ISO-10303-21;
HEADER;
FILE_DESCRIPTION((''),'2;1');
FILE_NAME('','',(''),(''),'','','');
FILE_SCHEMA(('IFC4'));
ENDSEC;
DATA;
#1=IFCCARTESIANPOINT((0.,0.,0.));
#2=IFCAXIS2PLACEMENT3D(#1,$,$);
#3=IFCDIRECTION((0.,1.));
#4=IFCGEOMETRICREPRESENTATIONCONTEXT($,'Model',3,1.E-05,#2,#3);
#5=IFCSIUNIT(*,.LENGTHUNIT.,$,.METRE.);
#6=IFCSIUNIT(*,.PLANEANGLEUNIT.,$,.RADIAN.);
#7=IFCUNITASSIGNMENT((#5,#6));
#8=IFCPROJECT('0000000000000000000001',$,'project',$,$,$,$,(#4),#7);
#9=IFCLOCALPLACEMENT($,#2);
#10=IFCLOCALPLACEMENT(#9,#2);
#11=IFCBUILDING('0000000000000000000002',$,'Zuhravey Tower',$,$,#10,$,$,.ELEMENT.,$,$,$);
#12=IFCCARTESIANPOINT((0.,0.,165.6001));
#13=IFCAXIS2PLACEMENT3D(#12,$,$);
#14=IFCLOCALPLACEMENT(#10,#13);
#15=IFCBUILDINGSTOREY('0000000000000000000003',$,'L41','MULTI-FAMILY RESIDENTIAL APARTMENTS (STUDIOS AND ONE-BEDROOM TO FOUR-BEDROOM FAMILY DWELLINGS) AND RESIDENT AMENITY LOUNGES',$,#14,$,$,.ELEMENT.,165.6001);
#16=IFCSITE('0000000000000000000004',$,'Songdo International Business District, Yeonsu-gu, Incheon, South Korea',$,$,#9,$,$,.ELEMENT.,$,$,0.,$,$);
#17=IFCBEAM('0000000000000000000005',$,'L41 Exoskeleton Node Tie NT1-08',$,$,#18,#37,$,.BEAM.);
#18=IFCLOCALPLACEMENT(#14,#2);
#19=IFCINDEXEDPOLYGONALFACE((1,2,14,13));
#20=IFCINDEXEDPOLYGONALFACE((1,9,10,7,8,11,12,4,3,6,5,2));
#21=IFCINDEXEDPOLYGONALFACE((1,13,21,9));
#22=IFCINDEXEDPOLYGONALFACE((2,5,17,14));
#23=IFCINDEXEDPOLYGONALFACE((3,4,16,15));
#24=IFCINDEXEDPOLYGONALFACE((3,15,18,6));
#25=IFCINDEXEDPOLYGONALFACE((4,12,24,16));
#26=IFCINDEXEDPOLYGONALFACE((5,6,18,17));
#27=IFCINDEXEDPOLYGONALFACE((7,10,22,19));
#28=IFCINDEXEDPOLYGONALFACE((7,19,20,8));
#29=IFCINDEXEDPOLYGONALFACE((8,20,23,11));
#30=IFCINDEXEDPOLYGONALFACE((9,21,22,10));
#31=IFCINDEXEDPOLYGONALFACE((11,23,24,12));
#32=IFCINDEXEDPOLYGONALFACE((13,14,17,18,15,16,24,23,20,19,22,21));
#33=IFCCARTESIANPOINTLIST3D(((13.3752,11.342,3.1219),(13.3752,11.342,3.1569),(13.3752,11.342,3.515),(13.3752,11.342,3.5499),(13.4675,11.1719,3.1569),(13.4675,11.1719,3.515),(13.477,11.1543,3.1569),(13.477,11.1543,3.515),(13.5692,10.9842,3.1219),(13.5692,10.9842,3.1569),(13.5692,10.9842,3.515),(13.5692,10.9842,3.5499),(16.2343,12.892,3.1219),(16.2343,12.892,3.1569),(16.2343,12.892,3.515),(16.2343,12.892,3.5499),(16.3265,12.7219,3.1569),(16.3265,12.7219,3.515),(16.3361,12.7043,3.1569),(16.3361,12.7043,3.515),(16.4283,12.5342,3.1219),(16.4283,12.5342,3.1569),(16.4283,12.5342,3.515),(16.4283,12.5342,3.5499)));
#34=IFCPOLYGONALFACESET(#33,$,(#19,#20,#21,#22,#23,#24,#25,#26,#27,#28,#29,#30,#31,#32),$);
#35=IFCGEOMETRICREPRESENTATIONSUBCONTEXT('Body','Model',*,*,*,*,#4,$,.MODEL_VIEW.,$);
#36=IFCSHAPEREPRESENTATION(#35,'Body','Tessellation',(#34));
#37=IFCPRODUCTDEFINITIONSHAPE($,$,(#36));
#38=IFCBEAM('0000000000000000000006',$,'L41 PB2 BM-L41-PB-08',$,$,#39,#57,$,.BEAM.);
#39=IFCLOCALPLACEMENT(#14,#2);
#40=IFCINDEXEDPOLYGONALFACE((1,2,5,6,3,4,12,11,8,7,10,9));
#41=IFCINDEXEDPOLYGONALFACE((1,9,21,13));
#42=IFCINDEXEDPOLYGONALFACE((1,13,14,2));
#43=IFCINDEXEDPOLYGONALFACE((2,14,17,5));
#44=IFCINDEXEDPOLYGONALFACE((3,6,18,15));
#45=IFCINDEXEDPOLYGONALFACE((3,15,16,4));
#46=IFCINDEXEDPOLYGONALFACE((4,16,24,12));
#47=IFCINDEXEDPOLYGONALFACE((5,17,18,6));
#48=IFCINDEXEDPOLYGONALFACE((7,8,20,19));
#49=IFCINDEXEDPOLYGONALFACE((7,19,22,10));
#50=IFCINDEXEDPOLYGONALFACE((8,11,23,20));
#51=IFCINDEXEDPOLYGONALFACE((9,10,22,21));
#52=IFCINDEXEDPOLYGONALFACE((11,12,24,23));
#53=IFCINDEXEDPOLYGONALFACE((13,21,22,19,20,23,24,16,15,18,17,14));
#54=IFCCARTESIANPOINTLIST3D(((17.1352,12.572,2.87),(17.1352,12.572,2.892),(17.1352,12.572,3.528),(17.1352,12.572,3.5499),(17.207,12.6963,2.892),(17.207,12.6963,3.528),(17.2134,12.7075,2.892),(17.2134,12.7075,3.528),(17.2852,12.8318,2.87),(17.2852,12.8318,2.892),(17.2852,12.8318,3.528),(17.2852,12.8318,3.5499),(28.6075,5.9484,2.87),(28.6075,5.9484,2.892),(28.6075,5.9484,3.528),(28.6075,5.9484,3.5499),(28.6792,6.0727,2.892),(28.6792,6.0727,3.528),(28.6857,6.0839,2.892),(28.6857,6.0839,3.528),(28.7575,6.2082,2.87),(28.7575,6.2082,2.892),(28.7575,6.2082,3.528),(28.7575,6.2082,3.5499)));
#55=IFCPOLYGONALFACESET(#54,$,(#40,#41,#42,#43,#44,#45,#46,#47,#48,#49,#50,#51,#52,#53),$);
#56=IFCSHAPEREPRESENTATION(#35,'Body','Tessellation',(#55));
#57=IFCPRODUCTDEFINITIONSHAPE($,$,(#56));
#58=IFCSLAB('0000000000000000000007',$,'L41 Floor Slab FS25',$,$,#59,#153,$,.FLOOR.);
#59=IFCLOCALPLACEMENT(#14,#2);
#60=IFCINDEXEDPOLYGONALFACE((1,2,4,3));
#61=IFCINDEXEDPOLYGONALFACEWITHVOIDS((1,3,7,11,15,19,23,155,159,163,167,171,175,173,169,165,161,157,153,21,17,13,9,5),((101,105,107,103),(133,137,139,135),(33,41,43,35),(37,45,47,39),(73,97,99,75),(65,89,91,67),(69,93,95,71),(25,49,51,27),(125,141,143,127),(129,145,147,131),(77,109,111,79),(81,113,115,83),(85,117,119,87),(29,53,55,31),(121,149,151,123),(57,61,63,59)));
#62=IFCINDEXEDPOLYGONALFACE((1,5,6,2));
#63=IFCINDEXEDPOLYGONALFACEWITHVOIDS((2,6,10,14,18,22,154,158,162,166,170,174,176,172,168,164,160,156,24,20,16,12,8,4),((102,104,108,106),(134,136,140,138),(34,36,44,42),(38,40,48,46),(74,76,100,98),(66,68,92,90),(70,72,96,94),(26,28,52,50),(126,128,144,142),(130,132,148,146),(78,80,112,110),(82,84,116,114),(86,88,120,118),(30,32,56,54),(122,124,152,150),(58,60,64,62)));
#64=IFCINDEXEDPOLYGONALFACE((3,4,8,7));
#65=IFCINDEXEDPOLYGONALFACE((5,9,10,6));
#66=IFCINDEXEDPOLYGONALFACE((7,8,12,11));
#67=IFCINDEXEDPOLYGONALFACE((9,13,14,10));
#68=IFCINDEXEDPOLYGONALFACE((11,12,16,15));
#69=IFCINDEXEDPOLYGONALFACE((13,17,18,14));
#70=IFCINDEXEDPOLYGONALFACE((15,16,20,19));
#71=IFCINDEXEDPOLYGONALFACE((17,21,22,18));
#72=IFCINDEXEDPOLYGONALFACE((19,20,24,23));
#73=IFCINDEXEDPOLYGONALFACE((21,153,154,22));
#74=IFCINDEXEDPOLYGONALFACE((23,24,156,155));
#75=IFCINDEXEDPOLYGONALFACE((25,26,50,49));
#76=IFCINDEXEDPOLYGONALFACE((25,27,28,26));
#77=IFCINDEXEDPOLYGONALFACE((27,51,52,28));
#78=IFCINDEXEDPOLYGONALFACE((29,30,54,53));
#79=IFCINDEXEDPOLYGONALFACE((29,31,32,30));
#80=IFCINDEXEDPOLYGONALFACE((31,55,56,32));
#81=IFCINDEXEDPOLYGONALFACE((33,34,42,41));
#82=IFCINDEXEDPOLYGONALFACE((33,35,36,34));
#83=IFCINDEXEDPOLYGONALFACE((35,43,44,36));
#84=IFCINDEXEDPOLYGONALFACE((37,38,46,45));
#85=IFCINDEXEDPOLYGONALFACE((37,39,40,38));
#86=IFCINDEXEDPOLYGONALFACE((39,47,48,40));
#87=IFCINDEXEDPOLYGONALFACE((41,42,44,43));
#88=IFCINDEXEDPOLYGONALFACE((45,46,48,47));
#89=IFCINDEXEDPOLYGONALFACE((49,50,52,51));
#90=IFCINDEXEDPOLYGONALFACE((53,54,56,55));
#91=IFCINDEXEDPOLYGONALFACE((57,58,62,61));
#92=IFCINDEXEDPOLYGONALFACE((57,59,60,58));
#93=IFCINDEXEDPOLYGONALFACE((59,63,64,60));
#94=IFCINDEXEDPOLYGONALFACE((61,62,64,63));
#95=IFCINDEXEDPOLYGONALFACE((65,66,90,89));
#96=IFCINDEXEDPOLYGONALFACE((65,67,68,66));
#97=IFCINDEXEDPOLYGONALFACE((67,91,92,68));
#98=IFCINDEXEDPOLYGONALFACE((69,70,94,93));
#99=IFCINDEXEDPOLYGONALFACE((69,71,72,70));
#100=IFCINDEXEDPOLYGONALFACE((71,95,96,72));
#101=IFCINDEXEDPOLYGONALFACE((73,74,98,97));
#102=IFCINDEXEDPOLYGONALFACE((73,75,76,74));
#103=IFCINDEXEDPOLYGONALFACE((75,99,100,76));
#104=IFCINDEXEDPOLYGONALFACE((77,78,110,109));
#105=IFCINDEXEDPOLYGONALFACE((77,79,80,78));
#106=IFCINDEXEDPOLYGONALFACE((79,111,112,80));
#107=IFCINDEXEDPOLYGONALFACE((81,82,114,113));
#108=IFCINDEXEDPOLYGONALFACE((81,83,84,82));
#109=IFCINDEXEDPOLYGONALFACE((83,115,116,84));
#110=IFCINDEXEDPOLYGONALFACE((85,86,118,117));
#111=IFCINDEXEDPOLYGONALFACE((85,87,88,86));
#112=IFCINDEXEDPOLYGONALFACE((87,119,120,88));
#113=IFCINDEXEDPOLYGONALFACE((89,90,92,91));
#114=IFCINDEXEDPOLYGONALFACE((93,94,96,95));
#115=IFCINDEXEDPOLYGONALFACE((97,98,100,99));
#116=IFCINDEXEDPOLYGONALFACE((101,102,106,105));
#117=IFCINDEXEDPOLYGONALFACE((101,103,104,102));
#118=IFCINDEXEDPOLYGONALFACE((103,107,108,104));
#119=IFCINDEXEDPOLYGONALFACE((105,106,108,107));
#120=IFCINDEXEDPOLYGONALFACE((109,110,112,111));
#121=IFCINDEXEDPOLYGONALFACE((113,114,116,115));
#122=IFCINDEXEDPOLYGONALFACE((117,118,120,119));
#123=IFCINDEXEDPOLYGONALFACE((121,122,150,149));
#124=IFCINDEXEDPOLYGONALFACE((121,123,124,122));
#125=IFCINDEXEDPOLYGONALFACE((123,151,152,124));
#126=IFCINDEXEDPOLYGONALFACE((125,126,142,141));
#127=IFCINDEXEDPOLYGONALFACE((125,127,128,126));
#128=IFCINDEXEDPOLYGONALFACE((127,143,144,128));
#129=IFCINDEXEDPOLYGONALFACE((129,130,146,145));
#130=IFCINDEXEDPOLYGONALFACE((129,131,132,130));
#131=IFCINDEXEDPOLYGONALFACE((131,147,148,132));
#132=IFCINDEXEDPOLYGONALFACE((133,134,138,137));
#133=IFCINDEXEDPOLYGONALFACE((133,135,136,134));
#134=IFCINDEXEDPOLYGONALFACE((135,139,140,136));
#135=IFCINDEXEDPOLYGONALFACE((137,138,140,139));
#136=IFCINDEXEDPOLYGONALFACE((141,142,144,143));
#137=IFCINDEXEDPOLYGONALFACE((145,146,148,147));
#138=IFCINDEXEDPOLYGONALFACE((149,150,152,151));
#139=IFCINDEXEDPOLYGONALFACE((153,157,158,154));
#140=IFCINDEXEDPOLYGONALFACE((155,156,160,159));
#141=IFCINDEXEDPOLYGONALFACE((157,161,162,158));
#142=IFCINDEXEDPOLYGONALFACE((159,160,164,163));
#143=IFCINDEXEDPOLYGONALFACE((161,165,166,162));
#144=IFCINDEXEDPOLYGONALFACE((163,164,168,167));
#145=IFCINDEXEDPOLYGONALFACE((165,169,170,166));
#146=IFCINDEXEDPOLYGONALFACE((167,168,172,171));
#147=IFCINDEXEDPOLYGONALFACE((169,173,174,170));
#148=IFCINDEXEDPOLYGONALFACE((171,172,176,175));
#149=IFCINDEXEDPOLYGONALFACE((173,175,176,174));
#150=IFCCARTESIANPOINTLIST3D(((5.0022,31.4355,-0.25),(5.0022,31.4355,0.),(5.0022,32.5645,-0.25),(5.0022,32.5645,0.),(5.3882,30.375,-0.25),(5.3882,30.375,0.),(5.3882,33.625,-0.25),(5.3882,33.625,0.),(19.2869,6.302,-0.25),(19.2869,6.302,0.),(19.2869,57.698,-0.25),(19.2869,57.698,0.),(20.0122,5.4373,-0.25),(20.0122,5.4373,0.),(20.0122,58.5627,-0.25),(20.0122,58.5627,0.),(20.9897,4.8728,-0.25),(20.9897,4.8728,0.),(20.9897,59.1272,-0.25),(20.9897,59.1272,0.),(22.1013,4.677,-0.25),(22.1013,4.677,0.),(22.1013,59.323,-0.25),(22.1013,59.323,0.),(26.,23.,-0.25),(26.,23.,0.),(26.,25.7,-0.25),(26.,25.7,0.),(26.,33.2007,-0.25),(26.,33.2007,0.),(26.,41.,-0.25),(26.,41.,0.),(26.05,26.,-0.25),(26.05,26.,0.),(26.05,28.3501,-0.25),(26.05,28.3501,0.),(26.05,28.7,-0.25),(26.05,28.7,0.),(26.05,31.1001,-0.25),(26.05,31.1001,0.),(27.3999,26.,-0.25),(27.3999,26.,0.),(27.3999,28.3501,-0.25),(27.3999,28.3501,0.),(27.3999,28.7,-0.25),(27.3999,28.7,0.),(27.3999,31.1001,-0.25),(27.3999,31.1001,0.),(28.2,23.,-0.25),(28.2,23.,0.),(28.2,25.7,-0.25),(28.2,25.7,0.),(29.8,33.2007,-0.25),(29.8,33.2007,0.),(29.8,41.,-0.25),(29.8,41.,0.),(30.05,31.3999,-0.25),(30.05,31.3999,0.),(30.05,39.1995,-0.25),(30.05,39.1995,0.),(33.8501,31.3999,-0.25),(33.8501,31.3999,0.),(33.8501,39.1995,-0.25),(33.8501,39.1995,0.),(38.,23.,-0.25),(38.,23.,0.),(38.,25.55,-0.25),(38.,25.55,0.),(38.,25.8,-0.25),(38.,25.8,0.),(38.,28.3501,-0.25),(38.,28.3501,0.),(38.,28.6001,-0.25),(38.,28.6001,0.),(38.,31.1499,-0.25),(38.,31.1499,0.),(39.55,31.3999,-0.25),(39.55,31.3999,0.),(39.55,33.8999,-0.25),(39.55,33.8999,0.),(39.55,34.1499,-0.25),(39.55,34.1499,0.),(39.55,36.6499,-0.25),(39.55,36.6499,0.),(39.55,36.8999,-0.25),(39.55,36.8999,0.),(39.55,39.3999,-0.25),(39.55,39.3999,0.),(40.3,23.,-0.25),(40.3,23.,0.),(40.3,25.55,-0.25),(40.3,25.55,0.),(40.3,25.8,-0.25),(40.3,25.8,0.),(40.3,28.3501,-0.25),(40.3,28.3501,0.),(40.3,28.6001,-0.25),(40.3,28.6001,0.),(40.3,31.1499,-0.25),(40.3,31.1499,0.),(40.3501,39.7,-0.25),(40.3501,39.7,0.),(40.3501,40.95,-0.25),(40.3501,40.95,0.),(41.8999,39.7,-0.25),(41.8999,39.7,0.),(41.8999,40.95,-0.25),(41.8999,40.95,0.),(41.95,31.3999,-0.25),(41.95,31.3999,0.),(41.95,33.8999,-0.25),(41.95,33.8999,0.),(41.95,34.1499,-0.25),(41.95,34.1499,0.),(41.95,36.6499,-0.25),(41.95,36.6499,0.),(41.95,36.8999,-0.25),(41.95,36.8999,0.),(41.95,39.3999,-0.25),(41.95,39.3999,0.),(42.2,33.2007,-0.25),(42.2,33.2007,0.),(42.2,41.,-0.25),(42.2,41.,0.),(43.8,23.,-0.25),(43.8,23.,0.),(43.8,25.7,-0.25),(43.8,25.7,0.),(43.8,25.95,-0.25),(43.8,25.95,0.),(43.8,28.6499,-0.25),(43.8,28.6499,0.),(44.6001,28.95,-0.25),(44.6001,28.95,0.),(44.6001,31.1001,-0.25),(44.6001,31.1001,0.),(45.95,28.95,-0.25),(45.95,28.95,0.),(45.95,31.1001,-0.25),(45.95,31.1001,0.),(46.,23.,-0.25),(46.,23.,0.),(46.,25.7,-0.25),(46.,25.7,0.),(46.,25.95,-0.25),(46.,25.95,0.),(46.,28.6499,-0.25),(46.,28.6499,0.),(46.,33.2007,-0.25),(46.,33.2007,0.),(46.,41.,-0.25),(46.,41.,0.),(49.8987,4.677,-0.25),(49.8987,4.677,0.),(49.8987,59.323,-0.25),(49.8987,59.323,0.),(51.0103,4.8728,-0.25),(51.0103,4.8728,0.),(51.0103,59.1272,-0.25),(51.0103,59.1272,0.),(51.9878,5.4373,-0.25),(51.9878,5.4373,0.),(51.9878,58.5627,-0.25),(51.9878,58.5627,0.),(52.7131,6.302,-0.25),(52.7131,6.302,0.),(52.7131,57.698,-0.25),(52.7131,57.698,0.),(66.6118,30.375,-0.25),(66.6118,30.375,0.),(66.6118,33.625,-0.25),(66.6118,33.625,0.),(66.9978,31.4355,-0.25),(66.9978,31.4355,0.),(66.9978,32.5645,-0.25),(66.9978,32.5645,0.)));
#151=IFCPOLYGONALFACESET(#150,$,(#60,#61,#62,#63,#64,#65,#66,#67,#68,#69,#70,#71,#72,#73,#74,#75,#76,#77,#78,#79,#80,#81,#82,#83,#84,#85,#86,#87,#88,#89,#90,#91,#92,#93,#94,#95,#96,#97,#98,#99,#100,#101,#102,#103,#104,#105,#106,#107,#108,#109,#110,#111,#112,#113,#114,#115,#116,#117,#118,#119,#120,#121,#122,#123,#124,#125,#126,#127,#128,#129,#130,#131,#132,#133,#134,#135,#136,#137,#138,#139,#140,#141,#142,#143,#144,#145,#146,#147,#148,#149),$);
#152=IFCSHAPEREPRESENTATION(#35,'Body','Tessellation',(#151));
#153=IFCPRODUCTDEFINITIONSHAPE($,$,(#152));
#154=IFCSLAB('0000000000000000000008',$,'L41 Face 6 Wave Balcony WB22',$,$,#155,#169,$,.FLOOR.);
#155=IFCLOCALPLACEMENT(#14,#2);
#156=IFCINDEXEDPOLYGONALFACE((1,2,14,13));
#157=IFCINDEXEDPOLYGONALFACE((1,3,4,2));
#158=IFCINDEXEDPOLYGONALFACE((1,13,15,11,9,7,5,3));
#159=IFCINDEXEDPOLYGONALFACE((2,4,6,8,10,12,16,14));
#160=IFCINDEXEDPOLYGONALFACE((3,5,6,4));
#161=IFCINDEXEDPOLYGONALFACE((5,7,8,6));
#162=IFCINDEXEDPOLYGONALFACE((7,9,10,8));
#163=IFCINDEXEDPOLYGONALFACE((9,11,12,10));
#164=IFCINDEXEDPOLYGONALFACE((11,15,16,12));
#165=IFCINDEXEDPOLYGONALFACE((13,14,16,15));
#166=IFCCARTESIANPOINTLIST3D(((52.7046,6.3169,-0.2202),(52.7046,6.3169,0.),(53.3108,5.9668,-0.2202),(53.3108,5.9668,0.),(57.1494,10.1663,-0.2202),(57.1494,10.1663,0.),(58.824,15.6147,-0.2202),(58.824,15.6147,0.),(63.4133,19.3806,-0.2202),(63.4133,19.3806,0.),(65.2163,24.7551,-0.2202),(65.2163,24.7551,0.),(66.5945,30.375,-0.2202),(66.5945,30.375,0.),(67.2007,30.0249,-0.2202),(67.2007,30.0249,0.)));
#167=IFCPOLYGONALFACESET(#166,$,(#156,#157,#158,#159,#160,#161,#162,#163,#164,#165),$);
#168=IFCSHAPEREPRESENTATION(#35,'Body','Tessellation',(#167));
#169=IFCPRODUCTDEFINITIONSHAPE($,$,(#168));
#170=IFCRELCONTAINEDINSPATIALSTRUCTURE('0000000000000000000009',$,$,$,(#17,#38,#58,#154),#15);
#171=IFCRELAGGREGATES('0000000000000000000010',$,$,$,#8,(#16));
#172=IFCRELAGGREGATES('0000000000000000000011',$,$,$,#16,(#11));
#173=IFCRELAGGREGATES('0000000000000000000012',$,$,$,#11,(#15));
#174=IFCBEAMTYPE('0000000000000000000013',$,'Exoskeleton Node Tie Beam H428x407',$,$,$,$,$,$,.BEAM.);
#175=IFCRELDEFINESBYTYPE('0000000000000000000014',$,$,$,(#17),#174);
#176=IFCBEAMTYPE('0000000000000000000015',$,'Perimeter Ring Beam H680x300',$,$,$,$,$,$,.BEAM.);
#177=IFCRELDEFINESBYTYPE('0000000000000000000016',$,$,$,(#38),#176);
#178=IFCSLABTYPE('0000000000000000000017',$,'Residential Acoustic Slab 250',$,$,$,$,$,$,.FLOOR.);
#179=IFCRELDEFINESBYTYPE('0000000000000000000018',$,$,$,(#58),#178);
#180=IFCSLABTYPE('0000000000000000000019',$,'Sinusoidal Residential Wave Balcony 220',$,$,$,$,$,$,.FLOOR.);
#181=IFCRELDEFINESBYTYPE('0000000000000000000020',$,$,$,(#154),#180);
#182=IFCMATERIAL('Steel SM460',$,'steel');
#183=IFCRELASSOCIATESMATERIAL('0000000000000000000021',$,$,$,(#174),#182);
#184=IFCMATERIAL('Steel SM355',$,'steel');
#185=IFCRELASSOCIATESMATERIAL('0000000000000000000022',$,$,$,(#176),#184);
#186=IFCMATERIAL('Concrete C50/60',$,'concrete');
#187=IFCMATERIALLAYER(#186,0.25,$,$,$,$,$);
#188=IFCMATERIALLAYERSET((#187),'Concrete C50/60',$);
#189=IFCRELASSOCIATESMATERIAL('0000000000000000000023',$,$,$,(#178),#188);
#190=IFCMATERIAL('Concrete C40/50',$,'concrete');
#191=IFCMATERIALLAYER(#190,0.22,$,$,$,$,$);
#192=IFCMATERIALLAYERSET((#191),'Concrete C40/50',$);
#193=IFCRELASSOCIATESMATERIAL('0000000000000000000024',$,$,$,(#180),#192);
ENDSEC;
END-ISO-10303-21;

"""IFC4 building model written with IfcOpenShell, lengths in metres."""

from ifc_helpers import new_model, si_unit, direction, frame, origin, origin_2d, place, context, subcontext, project, spatial, polyline, i_section, outline, extrude, material, layer, layer_set, material_profile, profile_set, type_object, element, save


model = new_model("IFC4")

# Units and contexts
model_context = context("Model", 3, precision=1e-05, world=origin(), true_north=direction((0.0, 1.0)))
body_context = subcontext(model_context, "Body", "Model", "MODEL_VIEW")
ifc_project = project(units=[si_unit("LENGTHUNIT", "METRE"), si_unit("PLANEANGLEUNIT", "RADIAN")], contexts=[model_context])

# Site, building, storey
site_placement = place(None, origin())
site = spatial("IfcSite", under=ifc_project, at=site_placement, Name="Songdo International Business District, Yeonsu-gu, Incheon, South Korea", CompositionType="ELEMENT", RefElevation=0.0)
building_placement = place(site_placement, origin())
building = spatial("IfcBuilding", under=site, at=building_placement, Name="Zuhravey Tower", CompositionType="ELEMENT")
storey_placement = place(building_placement, frame((0.0, 0.0, 165.6001)))
storey = spatial("IfcBuildingStorey", under=building, at=storey_placement, Name="L41", Description="MULTI-FAMILY RESIDENTIAL APARTMENTS (STUDIOS AND ONE-BEDROOM TO FOUR-BEDROOM FAMILY DWELLINGS) AND RESIDENT AMENITY LOUNGES", CompositionType="ELEMENT", Elevation=165.6001)

# Beams
ifc_material_1 = material(Name="Steel SM460", Category="steel")
ifc_material_profile_1 = material_profile(ifc_material_1, i_section(OverallWidth=0.407, OverallDepth=0.428, WebThickness=0.02, FlangeThickness=0.0349, at=origin_2d()), Name="H-428x407x20x35")
ifc_profile_set_1 = profile_set([ifc_material_profile_1], Name="Steel SM460")
beam_type_1 = type_object("IfcBeamType", Name="Exoskeleton Node Tie Beam H428x407", PredefinedType="BEAM", material=ifc_profile_set_1)
beam_1_placement = place(storey_placement, frame((16.3313, 12.7131, 3.3359), z_axis=(-0.879118, -0.476605, 0.0), x_axis=(0.476605, -0.879118, 0.0)))
element("IfcBeam", 1, at=beam_1_placement, inside=storey, type_object=beam_type_1, Name="L41 Exoskeleton Node Tie NT1-08", PredefinedType="BEAM", context=body_context, shape_type="SweptSolid", body=[
    extrude(i_section(OverallWidth=0.407, OverallDepth=0.428, WebThickness=0.02, FlangeThickness=0.0349, at=origin_2d()), origin(), (0.0, 0.0, 1.0), 3.2522),
])
ifc_material_2 = material(Name="Steel SM355", Category="steel")
ifc_material_profile_2 = material_profile(ifc_material_2, i_section(OverallWidth=0.3, OverallDepth=0.6799, WebThickness=0.0129, FlangeThickness=0.022, at=origin_2d()), Name="H-680x300x13x22")
ifc_profile_set_2 = profile_set([ifc_material_profile_2], Name="Steel SM355")
beam_type_2 = type_object("IfcBeamType", Name="Perimeter Ring Beam H680x300", PredefinedType="BEAM", material=ifc_profile_set_2)
beam_2_placement = place(storey_placement, frame((17.2102, 12.7019, 3.21), z_axis=(0.866023, -0.500004, 0.0), x_axis=(0.500004, 0.866023, 0.0)))
element("IfcBeam", 2, at=beam_2_placement, inside=storey, type_object=beam_type_2, Name="L41 PB2 BM-L41-PB-08", PredefinedType="BEAM", context=body_context, shape_type="SweptSolid", body=[
    extrude(i_section(OverallWidth=0.3, OverallDepth=0.6799, WebThickness=0.0129, FlangeThickness=0.022, at=origin_2d()), origin(), (0.0, 0.0, 1.0), 13.2471),
])

# Slabs
ifc_material_3 = material(Name="Concrete C50/60", Category="concrete")
ifc_layer_1 = layer(ifc_material_3, 0.25)
ifc_layer_set_1 = layer_set([ifc_layer_1], Name="Concrete C50/60")
slab_type_1 = type_object("IfcSlabType", Name="Residential Acoustic Slab 250", PredefinedType="FLOOR", material=ifc_layer_set_1)
slab_1_placement = place(storey_placement, frame((0.0, 0.0, -0.25)))
element("IfcSlab", 3, at=slab_1_placement, inside=storey, type_object=slab_type_1, Name="L41 Floor Slab FS25", PredefinedType="FLOOR", context=body_context, shape_type="SweptSolid", body=[
    extrude(outline(polyline([(66.6118, 30.375), (66.9978, 31.4355), (66.9978, 32.5645), (66.6118, 33.625), (52.7131, 57.698), (51.9878, 58.5627), (51.0103, 59.1272), (49.8987, 59.323), (22.1013, 59.323), (20.9897, 59.1272), (20.0122, 58.5627), (19.2869, 57.698), (5.3882, 33.625), (5.0022, 32.5645), (5.0022, 31.4355), (5.3882, 30.375), (19.2869, 6.302), (20.0122, 5.4373), (20.9897, 4.8728), (22.1013, 4.677), (49.8987, 4.677), (51.0103, 4.8728), (51.9878, 5.4373), (52.7131, 6.302), (66.6118, 30.375)]), holes=[polyline([(29.8, 33.2007), (29.8, 41.0), (26.0, 41.0), (26.0, 33.2007), (29.8, 33.2007)]), polyline([(46.0, 33.2007), (46.0, 41.0), (42.2, 41.0), (42.2, 33.2007), (46.0, 33.2007)]), polyline([(30.05, 39.1995), (30.05, 31.3999), (33.8501, 31.3999), (33.8501, 39.1995), (30.05, 39.1995)]), polyline([(38.0, 23.0), (40.3, 23.0), (40.3, 25.55), (38.0, 25.55), (38.0, 23.0)]), polyline([(38.0, 25.8), (40.3, 25.8), (40.3, 28.3501), (38.0, 28.3501), (38.0, 25.8)]), polyline([(38.0, 28.6001), (40.3, 28.6001), (40.3, 31.1499), (38.0, 31.1499), (38.0, 28.6001)]), polyline([(39.55, 31.3999), (41.95, 31.3999), (41.95, 33.8999), (39.55, 33.8999), (39.55, 31.3999)]), polyline([(39.55, 34.1499), (41.95, 34.1499), (41.95, 36.6499), (39.55, 36.6499), (39.55, 34.1499)]), polyline([(39.55, 36.8999), (41.95, 36.8999), (41.95, 39.3999), (39.55, 39.3999), (39.55, 36.8999)]), polyline([(26.0, 23.0), (28.2, 23.0), (28.2, 25.7), (26.0, 25.7), (26.0, 23.0)]), polyline([(43.8, 23.0), (46.0, 23.0), (46.0, 25.7), (43.8, 25.7), (43.8, 23.0)]), polyline([(43.8, 25.95), (46.0, 25.95), (46.0, 28.6499), (43.8, 28.6499), (43.8, 25.95)]), polyline([(26.05, 26.0), (27.3999, 26.0), (27.3999, 28.3501), (26.05, 28.3501), (26.05, 26.0)]), polyline([(26.05, 28.7), (27.3999, 28.7), (27.3999, 31.1001), (26.05, 31.1001), (26.05, 28.7)]), polyline([(44.6001, 28.95), (45.95, 28.95), (45.95, 31.1001), (44.6001, 31.1001), (44.6001, 28.95)]), polyline([(40.3501, 39.7), (41.8999, 39.7), (41.8999, 40.95), (40.3501, 40.95), (40.3501, 39.7)])]), origin(), (0.0, 0.0, 1.0), 0.25),
])
ifc_material_4 = material(Name="Concrete C40/50", Category="concrete")
ifc_layer_2 = layer(ifc_material_4, 0.22)
ifc_layer_set_2 = layer_set([ifc_layer_2], Name="Concrete C40/50")
slab_type_2 = type_object("IfcSlabType", Name="Sinusoidal Residential Wave Balcony 220", PredefinedType="FLOOR", material=ifc_layer_set_2)
slab_2_placement = place(storey_placement, frame((0.0, 0.0, -0.2202)))
element("IfcSlab", 4, at=slab_2_placement, inside=storey, type_object=slab_type_2, Name="L41 Face 6 Wave Balcony WB22", PredefinedType="FLOOR", context=body_context, shape_type="SweptSolid", body=[
    extrude(outline(polyline([(52.7046, 6.3169), (66.5945, 30.375), (67.2007, 30.0249), (65.2163, 24.7551), (63.4133, 19.3806), (58.824, 15.6147), (57.1494, 10.1663), (53.3108, 5.9668), (52.7046, 6.3169)])), origin(), (0.0, 0.0, 1.0), 0.2202),
])

save(model, "model.ifc")
